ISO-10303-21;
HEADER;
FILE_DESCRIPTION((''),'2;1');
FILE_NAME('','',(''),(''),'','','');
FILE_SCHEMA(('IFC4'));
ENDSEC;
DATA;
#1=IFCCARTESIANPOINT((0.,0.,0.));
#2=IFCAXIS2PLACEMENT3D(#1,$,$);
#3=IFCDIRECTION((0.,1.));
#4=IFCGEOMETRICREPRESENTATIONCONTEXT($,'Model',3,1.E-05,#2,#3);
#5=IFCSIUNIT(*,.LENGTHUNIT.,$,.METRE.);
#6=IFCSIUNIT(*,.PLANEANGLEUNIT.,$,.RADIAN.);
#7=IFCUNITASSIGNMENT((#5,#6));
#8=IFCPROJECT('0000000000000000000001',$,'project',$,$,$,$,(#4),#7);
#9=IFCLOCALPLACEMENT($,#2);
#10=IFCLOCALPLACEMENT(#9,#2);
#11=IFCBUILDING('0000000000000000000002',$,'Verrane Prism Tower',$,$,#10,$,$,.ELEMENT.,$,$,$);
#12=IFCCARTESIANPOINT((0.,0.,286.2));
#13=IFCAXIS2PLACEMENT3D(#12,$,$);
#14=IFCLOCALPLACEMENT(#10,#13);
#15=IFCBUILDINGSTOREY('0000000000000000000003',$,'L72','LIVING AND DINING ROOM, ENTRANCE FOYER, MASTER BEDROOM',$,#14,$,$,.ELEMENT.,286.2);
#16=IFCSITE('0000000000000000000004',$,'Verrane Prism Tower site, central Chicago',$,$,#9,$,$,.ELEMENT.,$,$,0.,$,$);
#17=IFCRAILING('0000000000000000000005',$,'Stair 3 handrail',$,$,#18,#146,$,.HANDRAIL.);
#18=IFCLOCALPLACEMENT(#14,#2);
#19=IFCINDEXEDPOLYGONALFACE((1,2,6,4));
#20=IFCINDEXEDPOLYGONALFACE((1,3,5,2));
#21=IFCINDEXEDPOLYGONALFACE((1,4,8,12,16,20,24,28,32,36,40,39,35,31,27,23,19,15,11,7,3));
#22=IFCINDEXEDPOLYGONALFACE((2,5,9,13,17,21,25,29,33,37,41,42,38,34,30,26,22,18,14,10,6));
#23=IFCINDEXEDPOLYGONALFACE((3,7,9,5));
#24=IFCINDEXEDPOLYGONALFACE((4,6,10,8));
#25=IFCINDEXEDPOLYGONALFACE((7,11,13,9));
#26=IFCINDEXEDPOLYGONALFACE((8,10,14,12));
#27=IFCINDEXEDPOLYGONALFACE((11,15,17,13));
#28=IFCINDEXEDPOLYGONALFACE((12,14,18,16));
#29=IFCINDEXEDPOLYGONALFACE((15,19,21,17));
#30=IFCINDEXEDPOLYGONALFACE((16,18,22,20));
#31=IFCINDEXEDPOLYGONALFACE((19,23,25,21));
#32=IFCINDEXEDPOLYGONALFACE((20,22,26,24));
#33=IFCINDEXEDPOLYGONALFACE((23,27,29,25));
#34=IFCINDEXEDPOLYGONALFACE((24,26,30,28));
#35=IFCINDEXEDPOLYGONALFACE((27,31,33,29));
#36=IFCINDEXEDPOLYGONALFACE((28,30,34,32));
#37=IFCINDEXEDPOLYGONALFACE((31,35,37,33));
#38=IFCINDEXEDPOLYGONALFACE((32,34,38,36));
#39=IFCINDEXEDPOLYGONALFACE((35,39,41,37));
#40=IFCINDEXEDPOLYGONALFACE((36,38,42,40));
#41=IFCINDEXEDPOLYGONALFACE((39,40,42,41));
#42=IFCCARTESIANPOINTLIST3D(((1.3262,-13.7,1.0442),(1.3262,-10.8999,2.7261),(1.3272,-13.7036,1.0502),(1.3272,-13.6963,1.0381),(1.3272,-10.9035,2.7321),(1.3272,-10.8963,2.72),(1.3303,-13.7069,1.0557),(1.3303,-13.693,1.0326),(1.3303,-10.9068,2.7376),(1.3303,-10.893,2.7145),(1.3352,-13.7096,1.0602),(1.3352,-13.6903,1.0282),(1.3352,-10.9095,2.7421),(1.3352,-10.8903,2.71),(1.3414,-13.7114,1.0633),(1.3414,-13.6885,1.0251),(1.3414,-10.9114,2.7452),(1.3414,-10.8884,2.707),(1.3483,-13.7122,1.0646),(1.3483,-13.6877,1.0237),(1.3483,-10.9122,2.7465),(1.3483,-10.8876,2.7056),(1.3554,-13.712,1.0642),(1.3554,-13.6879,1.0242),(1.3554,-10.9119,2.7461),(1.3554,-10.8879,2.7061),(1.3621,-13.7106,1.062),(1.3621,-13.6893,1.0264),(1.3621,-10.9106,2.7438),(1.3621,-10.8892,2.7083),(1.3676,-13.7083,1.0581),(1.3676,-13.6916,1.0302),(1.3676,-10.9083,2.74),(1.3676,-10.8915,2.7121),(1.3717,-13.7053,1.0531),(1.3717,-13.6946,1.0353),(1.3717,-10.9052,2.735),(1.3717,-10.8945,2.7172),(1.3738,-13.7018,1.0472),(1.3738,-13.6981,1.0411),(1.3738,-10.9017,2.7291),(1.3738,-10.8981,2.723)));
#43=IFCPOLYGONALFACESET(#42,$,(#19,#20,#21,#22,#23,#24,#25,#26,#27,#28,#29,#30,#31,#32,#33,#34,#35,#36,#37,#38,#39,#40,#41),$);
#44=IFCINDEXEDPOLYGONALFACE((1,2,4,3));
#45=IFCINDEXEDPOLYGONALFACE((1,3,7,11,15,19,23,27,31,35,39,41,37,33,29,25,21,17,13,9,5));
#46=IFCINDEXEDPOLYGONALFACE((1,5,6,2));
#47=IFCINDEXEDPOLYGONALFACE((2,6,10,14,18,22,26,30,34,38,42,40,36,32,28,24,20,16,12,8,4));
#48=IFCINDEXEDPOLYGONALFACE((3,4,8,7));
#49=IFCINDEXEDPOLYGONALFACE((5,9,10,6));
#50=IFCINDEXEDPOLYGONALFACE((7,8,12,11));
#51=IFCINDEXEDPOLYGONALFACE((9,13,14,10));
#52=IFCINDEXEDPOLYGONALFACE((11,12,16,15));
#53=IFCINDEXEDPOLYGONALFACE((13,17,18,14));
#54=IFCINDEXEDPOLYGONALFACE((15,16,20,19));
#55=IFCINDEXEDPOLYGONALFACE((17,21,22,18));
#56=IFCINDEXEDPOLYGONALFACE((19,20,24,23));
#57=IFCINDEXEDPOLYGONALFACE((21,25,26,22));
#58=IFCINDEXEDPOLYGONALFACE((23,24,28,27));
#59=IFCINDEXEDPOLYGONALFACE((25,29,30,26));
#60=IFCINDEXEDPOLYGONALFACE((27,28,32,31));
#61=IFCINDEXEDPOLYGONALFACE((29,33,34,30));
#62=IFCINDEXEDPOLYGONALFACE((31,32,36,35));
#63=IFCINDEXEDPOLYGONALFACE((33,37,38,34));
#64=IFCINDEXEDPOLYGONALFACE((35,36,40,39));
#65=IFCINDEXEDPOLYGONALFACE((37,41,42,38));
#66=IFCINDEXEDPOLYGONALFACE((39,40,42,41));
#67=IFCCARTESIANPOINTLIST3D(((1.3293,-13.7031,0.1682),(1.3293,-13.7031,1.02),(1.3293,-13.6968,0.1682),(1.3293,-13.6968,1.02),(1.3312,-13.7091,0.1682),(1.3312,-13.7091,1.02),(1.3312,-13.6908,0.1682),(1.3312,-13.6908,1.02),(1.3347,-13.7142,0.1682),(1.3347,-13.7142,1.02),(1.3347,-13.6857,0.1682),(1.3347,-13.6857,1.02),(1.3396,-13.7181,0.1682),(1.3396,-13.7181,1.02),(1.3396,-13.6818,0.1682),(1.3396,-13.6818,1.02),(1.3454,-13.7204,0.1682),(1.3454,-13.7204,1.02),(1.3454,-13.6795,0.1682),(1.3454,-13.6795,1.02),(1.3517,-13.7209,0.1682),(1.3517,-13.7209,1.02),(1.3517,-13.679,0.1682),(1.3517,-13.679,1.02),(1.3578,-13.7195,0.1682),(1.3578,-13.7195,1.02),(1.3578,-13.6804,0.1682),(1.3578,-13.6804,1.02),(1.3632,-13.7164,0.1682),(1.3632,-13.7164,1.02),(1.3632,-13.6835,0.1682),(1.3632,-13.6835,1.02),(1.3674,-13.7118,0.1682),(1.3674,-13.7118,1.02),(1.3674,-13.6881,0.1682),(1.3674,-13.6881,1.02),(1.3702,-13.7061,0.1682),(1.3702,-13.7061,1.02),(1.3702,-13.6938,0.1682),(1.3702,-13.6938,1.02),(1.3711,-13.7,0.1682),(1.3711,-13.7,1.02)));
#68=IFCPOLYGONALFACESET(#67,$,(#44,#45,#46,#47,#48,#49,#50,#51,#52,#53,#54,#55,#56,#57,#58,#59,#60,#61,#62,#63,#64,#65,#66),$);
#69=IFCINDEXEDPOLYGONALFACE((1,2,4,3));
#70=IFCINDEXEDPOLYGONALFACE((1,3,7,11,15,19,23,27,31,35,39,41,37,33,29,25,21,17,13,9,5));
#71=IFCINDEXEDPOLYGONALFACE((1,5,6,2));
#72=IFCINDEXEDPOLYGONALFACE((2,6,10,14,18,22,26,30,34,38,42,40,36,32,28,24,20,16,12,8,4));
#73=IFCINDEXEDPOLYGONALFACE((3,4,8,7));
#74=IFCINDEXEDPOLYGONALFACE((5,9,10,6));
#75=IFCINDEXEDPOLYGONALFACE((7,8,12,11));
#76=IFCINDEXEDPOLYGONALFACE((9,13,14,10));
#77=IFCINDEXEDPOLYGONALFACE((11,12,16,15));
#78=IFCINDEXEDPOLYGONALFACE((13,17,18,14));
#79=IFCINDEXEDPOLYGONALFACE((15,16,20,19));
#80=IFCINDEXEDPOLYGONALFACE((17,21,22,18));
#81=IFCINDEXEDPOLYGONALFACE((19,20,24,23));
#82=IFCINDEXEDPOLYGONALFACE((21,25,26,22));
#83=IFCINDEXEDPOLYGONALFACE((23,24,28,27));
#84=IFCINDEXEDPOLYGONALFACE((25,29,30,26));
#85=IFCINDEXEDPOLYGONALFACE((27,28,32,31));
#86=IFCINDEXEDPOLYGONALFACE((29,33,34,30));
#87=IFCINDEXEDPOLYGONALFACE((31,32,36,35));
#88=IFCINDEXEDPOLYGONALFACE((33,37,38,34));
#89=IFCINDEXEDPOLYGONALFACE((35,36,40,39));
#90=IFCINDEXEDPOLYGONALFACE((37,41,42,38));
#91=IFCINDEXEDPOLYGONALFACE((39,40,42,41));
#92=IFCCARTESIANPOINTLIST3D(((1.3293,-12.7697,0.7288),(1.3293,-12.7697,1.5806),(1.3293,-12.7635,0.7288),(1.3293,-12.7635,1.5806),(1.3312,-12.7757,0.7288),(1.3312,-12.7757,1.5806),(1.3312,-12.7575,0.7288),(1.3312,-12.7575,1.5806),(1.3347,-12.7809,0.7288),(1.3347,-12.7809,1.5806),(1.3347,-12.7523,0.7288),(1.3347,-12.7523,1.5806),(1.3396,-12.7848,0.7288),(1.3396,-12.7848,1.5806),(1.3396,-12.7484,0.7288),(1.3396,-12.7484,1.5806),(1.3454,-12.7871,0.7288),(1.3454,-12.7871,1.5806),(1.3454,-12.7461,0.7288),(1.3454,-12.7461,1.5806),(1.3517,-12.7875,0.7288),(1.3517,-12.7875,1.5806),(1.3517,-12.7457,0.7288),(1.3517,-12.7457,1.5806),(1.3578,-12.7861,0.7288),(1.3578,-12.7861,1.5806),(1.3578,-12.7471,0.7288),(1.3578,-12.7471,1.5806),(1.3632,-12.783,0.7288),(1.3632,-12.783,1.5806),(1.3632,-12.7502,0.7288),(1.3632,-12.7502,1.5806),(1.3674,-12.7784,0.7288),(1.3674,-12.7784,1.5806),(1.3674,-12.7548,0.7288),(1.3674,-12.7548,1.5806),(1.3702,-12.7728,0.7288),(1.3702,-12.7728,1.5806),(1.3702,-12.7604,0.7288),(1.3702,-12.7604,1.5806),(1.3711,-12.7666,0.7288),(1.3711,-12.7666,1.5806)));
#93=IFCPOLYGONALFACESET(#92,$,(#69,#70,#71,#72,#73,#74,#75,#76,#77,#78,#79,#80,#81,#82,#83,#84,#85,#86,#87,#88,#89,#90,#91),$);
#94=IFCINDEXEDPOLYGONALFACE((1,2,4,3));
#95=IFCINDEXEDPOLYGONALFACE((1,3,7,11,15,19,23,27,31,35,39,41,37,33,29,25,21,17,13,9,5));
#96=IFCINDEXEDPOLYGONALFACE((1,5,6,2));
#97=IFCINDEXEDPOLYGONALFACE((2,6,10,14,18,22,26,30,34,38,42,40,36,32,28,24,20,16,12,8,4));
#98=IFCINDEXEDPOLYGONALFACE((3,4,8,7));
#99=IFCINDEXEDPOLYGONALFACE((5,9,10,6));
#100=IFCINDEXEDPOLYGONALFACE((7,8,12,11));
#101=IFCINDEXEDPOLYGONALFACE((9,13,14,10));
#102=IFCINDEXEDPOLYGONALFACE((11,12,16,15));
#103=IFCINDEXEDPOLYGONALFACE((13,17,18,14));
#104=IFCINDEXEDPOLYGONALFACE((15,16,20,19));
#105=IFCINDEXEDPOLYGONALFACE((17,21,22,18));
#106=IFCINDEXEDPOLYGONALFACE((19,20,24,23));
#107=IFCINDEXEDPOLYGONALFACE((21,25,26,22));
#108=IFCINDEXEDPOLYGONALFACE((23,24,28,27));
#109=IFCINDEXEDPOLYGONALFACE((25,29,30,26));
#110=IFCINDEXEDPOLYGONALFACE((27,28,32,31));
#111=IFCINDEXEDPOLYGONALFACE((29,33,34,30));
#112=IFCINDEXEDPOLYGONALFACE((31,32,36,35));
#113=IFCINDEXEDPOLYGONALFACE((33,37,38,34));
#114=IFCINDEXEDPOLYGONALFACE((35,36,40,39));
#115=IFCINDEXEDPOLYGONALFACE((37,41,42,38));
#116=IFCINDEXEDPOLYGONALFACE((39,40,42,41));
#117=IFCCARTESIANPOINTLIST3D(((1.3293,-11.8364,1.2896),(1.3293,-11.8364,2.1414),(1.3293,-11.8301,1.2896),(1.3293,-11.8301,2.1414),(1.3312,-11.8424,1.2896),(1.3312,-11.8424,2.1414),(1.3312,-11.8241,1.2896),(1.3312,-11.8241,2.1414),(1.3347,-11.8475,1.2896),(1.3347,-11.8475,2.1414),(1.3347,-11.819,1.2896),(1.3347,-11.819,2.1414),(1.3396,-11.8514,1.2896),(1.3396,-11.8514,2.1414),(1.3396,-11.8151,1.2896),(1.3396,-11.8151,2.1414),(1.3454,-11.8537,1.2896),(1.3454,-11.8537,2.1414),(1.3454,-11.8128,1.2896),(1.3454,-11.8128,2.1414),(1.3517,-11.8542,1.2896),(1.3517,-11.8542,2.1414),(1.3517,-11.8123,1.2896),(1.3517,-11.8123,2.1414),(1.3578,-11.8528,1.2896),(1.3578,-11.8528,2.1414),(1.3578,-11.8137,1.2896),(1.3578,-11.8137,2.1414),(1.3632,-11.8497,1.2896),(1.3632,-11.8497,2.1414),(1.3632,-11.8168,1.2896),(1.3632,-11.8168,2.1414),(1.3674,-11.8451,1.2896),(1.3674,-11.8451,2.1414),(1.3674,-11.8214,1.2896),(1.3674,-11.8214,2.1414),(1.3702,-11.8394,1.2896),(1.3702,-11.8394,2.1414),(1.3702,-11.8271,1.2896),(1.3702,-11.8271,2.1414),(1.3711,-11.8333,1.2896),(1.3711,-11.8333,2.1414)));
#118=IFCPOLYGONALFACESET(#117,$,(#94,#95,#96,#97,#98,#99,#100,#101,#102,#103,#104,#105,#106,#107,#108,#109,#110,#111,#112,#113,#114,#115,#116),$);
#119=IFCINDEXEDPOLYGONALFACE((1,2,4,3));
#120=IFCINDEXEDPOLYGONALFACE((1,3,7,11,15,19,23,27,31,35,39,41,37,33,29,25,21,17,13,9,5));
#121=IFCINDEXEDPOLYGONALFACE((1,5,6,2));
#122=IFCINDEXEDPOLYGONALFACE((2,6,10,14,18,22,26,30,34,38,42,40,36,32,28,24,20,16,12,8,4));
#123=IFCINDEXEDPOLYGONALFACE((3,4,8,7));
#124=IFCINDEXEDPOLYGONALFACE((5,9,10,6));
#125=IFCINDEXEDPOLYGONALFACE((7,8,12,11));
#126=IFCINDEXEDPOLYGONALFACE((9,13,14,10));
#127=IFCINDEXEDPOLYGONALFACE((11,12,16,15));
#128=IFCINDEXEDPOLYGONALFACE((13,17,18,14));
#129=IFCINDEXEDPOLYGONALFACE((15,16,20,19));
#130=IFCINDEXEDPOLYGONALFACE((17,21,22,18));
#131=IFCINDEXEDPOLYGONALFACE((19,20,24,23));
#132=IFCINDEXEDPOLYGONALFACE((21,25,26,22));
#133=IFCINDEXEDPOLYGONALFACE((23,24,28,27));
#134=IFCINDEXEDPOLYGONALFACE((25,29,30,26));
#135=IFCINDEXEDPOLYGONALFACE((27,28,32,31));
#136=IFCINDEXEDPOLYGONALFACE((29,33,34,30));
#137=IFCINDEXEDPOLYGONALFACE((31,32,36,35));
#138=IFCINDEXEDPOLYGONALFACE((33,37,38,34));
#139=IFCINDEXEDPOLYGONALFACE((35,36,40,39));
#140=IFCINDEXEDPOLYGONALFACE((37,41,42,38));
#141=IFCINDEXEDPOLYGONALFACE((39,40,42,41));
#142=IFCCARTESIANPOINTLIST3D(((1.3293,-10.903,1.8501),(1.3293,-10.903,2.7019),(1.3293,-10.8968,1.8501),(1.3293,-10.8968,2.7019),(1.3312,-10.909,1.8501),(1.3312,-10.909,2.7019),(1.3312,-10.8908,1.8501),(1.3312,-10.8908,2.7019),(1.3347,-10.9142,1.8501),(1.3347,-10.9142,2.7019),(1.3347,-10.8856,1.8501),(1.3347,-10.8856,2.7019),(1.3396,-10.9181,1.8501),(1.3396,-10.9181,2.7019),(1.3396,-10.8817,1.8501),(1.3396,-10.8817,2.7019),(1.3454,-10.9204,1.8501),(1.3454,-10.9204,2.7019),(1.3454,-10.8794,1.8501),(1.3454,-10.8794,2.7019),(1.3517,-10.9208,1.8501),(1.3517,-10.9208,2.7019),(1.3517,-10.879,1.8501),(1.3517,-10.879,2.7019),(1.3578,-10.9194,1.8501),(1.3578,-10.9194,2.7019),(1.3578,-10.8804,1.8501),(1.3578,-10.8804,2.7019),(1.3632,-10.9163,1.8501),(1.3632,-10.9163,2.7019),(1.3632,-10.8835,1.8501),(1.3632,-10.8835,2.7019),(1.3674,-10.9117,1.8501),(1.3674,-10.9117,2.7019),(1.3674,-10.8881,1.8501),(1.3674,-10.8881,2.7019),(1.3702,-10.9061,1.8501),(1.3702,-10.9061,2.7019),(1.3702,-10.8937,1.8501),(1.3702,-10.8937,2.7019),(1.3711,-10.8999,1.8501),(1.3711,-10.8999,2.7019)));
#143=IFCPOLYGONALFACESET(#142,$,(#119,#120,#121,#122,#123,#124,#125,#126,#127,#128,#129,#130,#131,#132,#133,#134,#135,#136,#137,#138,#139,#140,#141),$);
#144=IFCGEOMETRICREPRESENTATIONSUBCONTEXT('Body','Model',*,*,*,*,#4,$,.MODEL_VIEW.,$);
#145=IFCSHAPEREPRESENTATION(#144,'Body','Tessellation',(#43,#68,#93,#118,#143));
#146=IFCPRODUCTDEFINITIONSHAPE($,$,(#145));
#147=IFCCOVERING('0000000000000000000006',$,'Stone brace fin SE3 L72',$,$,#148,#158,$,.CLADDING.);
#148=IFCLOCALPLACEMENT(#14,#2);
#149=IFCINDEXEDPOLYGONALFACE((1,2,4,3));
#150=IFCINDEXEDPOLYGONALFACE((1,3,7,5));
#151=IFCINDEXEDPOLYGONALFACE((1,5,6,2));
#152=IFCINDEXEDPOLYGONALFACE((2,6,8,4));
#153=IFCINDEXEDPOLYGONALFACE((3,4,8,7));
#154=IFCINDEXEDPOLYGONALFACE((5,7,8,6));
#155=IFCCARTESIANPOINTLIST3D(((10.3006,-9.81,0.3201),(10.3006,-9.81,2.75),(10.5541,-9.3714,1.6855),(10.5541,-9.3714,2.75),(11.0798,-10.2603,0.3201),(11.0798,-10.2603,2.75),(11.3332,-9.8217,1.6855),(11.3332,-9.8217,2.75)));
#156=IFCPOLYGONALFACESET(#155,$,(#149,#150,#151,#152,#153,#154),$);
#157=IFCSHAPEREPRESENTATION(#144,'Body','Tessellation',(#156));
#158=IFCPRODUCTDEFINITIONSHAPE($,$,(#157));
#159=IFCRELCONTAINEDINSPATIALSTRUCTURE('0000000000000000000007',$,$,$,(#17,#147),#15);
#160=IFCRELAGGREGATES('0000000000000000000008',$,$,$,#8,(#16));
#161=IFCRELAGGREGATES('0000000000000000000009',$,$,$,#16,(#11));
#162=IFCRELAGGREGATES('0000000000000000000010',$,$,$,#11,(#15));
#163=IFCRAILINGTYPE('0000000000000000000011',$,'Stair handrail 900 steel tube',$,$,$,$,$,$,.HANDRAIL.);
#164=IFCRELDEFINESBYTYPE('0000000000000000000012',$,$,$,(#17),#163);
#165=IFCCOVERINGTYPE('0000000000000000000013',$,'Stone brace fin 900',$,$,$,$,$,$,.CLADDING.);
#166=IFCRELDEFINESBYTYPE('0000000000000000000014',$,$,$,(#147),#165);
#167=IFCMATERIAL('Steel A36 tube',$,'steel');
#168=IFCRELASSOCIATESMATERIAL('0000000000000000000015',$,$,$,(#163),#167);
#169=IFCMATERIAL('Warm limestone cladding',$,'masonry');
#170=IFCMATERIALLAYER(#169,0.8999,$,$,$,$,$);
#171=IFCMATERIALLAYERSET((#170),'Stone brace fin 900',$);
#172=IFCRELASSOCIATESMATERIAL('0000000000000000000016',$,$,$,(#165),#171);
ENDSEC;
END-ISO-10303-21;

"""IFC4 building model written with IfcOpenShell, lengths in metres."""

from ifc_helpers import new_model, si_unit, direction, frame, origin, origin_2d, place, context, subcontext, project, spatial, polyline, circle, outline, extrude, material, layer, layer_set, type_object, element, save


model = new_model("IFC4")

# Units and contexts
model_context = context("Model", 3, precision=1e-05, world=origin(), true_north=direction((0.0, 1.0)))
body_context = subcontext(model_context, "Body", "Model", "MODEL_VIEW")
ifc_project = project(units=[si_unit("LENGTHUNIT", "METRE"), si_unit("PLANEANGLEUNIT", "RADIAN")], contexts=[model_context])

# Site, building, storey
site_placement = place(None, origin())
site = spatial("IfcSite", under=ifc_project, at=site_placement, Name="Verrane Prism Tower site, central Chicago", CompositionType="ELEMENT", RefElevation=0.0)
building_placement = place(site_placement, origin())
building = spatial("IfcBuilding", under=site, at=building_placement, Name="Verrane Prism Tower", CompositionType="ELEMENT")
storey_placement = place(building_placement, frame((0.0, 0.0, 286.2)))
storey = spatial("IfcBuildingStorey", under=building, at=storey_placement, Name="L72", Description="LIVING AND DINING ROOM, ENTRANCE FOYER, MASTER BEDROOM", CompositionType="ELEMENT", Elevation=286.2)

# Railing
ifc_material_1 = material(Name="Steel A36 tube", Category="steel")
railing_type = type_object("IfcRailingType", Name="Stair handrail 900 steel tube", PredefinedType="HANDRAIL", material=ifc_material_1)
railing_placement = place(storey_placement, frame((1.3501, -13.7, 0.1682)))
element("IfcRailing", 1, at=railing_placement, inside=storey, type_object=railing_type, Name="Stair 3 handrail", PredefinedType="HANDRAIL", context=body_context, shape_type="SweptSolid", body=[
    extrude(circle(Radius=0.0239, at=origin_2d()), frame((0.0, 0.0, 0.876), z_axis=(0.0, 0.857242, 0.514913), x_axis=(-1.0, 0.0, 0.0)), (0.0, 0.0, 1.0), 3.2664),
    extrude(circle(Radius=0.021, at=origin_2d()), origin(), (0.0, 0.0, 1.0), 0.8518),
    extrude(circle(Radius=0.021, at=origin_2d()), frame((0.0, 0.9333, 0.5605)), (0.0, 0.0, 1.0), 0.8518),
    extrude(circle(Radius=0.021, at=origin_2d()), frame((0.0, 1.8667, 1.1213)), (0.0, 0.0, 1.0), 0.8518),
    extrude(circle(Radius=0.021, at=origin_2d()), frame((0.0, 2.8, 1.6819)), (0.0, 0.0, 1.0), 0.8518),
])

# Covering
ifc_material_2 = material(Name="Warm limestone cladding", Category="masonry")
ifc_layer_1 = layer(ifc_material_2, 0.8999)
ifc_layer_set_1 = layer_set([ifc_layer_1], Name="Stone brace fin 900")
covering_type = type_object("IfcCoveringType", Name="Stone brace fin 900", PredefinedType="CLADDING", material=ifc_layer_set_1)
covering_placement = place(storey_placement, frame((10.6902, -10.0352, 0.3201), z_axis=(0.0, 0.0, 1.0), x_axis=(0.50039, 0.8658, 0.0)))
element("IfcCovering", 2, at=covering_placement, inside=storey, type_object=covering_type, Name="Stone brace fin SE3 L72", PredefinedType="CLADDING", context=body_context, shape_type="SweptSolid", body=[
    extrude(outline(polyline([(0.5066, 2.4299), (0.0, 2.4299), (0.0, 0.0), (0.5066, 1.3655), (0.5066, 2.4299)])), frame((0.0, 0.45, 0.0), z_axis=(0.0, -1.0, 0.0), x_axis=(1.0, 0.0, 0.0)), (0.0, 0.0, 1.0), 0.8999),
])

save(model, "model.ifc")
